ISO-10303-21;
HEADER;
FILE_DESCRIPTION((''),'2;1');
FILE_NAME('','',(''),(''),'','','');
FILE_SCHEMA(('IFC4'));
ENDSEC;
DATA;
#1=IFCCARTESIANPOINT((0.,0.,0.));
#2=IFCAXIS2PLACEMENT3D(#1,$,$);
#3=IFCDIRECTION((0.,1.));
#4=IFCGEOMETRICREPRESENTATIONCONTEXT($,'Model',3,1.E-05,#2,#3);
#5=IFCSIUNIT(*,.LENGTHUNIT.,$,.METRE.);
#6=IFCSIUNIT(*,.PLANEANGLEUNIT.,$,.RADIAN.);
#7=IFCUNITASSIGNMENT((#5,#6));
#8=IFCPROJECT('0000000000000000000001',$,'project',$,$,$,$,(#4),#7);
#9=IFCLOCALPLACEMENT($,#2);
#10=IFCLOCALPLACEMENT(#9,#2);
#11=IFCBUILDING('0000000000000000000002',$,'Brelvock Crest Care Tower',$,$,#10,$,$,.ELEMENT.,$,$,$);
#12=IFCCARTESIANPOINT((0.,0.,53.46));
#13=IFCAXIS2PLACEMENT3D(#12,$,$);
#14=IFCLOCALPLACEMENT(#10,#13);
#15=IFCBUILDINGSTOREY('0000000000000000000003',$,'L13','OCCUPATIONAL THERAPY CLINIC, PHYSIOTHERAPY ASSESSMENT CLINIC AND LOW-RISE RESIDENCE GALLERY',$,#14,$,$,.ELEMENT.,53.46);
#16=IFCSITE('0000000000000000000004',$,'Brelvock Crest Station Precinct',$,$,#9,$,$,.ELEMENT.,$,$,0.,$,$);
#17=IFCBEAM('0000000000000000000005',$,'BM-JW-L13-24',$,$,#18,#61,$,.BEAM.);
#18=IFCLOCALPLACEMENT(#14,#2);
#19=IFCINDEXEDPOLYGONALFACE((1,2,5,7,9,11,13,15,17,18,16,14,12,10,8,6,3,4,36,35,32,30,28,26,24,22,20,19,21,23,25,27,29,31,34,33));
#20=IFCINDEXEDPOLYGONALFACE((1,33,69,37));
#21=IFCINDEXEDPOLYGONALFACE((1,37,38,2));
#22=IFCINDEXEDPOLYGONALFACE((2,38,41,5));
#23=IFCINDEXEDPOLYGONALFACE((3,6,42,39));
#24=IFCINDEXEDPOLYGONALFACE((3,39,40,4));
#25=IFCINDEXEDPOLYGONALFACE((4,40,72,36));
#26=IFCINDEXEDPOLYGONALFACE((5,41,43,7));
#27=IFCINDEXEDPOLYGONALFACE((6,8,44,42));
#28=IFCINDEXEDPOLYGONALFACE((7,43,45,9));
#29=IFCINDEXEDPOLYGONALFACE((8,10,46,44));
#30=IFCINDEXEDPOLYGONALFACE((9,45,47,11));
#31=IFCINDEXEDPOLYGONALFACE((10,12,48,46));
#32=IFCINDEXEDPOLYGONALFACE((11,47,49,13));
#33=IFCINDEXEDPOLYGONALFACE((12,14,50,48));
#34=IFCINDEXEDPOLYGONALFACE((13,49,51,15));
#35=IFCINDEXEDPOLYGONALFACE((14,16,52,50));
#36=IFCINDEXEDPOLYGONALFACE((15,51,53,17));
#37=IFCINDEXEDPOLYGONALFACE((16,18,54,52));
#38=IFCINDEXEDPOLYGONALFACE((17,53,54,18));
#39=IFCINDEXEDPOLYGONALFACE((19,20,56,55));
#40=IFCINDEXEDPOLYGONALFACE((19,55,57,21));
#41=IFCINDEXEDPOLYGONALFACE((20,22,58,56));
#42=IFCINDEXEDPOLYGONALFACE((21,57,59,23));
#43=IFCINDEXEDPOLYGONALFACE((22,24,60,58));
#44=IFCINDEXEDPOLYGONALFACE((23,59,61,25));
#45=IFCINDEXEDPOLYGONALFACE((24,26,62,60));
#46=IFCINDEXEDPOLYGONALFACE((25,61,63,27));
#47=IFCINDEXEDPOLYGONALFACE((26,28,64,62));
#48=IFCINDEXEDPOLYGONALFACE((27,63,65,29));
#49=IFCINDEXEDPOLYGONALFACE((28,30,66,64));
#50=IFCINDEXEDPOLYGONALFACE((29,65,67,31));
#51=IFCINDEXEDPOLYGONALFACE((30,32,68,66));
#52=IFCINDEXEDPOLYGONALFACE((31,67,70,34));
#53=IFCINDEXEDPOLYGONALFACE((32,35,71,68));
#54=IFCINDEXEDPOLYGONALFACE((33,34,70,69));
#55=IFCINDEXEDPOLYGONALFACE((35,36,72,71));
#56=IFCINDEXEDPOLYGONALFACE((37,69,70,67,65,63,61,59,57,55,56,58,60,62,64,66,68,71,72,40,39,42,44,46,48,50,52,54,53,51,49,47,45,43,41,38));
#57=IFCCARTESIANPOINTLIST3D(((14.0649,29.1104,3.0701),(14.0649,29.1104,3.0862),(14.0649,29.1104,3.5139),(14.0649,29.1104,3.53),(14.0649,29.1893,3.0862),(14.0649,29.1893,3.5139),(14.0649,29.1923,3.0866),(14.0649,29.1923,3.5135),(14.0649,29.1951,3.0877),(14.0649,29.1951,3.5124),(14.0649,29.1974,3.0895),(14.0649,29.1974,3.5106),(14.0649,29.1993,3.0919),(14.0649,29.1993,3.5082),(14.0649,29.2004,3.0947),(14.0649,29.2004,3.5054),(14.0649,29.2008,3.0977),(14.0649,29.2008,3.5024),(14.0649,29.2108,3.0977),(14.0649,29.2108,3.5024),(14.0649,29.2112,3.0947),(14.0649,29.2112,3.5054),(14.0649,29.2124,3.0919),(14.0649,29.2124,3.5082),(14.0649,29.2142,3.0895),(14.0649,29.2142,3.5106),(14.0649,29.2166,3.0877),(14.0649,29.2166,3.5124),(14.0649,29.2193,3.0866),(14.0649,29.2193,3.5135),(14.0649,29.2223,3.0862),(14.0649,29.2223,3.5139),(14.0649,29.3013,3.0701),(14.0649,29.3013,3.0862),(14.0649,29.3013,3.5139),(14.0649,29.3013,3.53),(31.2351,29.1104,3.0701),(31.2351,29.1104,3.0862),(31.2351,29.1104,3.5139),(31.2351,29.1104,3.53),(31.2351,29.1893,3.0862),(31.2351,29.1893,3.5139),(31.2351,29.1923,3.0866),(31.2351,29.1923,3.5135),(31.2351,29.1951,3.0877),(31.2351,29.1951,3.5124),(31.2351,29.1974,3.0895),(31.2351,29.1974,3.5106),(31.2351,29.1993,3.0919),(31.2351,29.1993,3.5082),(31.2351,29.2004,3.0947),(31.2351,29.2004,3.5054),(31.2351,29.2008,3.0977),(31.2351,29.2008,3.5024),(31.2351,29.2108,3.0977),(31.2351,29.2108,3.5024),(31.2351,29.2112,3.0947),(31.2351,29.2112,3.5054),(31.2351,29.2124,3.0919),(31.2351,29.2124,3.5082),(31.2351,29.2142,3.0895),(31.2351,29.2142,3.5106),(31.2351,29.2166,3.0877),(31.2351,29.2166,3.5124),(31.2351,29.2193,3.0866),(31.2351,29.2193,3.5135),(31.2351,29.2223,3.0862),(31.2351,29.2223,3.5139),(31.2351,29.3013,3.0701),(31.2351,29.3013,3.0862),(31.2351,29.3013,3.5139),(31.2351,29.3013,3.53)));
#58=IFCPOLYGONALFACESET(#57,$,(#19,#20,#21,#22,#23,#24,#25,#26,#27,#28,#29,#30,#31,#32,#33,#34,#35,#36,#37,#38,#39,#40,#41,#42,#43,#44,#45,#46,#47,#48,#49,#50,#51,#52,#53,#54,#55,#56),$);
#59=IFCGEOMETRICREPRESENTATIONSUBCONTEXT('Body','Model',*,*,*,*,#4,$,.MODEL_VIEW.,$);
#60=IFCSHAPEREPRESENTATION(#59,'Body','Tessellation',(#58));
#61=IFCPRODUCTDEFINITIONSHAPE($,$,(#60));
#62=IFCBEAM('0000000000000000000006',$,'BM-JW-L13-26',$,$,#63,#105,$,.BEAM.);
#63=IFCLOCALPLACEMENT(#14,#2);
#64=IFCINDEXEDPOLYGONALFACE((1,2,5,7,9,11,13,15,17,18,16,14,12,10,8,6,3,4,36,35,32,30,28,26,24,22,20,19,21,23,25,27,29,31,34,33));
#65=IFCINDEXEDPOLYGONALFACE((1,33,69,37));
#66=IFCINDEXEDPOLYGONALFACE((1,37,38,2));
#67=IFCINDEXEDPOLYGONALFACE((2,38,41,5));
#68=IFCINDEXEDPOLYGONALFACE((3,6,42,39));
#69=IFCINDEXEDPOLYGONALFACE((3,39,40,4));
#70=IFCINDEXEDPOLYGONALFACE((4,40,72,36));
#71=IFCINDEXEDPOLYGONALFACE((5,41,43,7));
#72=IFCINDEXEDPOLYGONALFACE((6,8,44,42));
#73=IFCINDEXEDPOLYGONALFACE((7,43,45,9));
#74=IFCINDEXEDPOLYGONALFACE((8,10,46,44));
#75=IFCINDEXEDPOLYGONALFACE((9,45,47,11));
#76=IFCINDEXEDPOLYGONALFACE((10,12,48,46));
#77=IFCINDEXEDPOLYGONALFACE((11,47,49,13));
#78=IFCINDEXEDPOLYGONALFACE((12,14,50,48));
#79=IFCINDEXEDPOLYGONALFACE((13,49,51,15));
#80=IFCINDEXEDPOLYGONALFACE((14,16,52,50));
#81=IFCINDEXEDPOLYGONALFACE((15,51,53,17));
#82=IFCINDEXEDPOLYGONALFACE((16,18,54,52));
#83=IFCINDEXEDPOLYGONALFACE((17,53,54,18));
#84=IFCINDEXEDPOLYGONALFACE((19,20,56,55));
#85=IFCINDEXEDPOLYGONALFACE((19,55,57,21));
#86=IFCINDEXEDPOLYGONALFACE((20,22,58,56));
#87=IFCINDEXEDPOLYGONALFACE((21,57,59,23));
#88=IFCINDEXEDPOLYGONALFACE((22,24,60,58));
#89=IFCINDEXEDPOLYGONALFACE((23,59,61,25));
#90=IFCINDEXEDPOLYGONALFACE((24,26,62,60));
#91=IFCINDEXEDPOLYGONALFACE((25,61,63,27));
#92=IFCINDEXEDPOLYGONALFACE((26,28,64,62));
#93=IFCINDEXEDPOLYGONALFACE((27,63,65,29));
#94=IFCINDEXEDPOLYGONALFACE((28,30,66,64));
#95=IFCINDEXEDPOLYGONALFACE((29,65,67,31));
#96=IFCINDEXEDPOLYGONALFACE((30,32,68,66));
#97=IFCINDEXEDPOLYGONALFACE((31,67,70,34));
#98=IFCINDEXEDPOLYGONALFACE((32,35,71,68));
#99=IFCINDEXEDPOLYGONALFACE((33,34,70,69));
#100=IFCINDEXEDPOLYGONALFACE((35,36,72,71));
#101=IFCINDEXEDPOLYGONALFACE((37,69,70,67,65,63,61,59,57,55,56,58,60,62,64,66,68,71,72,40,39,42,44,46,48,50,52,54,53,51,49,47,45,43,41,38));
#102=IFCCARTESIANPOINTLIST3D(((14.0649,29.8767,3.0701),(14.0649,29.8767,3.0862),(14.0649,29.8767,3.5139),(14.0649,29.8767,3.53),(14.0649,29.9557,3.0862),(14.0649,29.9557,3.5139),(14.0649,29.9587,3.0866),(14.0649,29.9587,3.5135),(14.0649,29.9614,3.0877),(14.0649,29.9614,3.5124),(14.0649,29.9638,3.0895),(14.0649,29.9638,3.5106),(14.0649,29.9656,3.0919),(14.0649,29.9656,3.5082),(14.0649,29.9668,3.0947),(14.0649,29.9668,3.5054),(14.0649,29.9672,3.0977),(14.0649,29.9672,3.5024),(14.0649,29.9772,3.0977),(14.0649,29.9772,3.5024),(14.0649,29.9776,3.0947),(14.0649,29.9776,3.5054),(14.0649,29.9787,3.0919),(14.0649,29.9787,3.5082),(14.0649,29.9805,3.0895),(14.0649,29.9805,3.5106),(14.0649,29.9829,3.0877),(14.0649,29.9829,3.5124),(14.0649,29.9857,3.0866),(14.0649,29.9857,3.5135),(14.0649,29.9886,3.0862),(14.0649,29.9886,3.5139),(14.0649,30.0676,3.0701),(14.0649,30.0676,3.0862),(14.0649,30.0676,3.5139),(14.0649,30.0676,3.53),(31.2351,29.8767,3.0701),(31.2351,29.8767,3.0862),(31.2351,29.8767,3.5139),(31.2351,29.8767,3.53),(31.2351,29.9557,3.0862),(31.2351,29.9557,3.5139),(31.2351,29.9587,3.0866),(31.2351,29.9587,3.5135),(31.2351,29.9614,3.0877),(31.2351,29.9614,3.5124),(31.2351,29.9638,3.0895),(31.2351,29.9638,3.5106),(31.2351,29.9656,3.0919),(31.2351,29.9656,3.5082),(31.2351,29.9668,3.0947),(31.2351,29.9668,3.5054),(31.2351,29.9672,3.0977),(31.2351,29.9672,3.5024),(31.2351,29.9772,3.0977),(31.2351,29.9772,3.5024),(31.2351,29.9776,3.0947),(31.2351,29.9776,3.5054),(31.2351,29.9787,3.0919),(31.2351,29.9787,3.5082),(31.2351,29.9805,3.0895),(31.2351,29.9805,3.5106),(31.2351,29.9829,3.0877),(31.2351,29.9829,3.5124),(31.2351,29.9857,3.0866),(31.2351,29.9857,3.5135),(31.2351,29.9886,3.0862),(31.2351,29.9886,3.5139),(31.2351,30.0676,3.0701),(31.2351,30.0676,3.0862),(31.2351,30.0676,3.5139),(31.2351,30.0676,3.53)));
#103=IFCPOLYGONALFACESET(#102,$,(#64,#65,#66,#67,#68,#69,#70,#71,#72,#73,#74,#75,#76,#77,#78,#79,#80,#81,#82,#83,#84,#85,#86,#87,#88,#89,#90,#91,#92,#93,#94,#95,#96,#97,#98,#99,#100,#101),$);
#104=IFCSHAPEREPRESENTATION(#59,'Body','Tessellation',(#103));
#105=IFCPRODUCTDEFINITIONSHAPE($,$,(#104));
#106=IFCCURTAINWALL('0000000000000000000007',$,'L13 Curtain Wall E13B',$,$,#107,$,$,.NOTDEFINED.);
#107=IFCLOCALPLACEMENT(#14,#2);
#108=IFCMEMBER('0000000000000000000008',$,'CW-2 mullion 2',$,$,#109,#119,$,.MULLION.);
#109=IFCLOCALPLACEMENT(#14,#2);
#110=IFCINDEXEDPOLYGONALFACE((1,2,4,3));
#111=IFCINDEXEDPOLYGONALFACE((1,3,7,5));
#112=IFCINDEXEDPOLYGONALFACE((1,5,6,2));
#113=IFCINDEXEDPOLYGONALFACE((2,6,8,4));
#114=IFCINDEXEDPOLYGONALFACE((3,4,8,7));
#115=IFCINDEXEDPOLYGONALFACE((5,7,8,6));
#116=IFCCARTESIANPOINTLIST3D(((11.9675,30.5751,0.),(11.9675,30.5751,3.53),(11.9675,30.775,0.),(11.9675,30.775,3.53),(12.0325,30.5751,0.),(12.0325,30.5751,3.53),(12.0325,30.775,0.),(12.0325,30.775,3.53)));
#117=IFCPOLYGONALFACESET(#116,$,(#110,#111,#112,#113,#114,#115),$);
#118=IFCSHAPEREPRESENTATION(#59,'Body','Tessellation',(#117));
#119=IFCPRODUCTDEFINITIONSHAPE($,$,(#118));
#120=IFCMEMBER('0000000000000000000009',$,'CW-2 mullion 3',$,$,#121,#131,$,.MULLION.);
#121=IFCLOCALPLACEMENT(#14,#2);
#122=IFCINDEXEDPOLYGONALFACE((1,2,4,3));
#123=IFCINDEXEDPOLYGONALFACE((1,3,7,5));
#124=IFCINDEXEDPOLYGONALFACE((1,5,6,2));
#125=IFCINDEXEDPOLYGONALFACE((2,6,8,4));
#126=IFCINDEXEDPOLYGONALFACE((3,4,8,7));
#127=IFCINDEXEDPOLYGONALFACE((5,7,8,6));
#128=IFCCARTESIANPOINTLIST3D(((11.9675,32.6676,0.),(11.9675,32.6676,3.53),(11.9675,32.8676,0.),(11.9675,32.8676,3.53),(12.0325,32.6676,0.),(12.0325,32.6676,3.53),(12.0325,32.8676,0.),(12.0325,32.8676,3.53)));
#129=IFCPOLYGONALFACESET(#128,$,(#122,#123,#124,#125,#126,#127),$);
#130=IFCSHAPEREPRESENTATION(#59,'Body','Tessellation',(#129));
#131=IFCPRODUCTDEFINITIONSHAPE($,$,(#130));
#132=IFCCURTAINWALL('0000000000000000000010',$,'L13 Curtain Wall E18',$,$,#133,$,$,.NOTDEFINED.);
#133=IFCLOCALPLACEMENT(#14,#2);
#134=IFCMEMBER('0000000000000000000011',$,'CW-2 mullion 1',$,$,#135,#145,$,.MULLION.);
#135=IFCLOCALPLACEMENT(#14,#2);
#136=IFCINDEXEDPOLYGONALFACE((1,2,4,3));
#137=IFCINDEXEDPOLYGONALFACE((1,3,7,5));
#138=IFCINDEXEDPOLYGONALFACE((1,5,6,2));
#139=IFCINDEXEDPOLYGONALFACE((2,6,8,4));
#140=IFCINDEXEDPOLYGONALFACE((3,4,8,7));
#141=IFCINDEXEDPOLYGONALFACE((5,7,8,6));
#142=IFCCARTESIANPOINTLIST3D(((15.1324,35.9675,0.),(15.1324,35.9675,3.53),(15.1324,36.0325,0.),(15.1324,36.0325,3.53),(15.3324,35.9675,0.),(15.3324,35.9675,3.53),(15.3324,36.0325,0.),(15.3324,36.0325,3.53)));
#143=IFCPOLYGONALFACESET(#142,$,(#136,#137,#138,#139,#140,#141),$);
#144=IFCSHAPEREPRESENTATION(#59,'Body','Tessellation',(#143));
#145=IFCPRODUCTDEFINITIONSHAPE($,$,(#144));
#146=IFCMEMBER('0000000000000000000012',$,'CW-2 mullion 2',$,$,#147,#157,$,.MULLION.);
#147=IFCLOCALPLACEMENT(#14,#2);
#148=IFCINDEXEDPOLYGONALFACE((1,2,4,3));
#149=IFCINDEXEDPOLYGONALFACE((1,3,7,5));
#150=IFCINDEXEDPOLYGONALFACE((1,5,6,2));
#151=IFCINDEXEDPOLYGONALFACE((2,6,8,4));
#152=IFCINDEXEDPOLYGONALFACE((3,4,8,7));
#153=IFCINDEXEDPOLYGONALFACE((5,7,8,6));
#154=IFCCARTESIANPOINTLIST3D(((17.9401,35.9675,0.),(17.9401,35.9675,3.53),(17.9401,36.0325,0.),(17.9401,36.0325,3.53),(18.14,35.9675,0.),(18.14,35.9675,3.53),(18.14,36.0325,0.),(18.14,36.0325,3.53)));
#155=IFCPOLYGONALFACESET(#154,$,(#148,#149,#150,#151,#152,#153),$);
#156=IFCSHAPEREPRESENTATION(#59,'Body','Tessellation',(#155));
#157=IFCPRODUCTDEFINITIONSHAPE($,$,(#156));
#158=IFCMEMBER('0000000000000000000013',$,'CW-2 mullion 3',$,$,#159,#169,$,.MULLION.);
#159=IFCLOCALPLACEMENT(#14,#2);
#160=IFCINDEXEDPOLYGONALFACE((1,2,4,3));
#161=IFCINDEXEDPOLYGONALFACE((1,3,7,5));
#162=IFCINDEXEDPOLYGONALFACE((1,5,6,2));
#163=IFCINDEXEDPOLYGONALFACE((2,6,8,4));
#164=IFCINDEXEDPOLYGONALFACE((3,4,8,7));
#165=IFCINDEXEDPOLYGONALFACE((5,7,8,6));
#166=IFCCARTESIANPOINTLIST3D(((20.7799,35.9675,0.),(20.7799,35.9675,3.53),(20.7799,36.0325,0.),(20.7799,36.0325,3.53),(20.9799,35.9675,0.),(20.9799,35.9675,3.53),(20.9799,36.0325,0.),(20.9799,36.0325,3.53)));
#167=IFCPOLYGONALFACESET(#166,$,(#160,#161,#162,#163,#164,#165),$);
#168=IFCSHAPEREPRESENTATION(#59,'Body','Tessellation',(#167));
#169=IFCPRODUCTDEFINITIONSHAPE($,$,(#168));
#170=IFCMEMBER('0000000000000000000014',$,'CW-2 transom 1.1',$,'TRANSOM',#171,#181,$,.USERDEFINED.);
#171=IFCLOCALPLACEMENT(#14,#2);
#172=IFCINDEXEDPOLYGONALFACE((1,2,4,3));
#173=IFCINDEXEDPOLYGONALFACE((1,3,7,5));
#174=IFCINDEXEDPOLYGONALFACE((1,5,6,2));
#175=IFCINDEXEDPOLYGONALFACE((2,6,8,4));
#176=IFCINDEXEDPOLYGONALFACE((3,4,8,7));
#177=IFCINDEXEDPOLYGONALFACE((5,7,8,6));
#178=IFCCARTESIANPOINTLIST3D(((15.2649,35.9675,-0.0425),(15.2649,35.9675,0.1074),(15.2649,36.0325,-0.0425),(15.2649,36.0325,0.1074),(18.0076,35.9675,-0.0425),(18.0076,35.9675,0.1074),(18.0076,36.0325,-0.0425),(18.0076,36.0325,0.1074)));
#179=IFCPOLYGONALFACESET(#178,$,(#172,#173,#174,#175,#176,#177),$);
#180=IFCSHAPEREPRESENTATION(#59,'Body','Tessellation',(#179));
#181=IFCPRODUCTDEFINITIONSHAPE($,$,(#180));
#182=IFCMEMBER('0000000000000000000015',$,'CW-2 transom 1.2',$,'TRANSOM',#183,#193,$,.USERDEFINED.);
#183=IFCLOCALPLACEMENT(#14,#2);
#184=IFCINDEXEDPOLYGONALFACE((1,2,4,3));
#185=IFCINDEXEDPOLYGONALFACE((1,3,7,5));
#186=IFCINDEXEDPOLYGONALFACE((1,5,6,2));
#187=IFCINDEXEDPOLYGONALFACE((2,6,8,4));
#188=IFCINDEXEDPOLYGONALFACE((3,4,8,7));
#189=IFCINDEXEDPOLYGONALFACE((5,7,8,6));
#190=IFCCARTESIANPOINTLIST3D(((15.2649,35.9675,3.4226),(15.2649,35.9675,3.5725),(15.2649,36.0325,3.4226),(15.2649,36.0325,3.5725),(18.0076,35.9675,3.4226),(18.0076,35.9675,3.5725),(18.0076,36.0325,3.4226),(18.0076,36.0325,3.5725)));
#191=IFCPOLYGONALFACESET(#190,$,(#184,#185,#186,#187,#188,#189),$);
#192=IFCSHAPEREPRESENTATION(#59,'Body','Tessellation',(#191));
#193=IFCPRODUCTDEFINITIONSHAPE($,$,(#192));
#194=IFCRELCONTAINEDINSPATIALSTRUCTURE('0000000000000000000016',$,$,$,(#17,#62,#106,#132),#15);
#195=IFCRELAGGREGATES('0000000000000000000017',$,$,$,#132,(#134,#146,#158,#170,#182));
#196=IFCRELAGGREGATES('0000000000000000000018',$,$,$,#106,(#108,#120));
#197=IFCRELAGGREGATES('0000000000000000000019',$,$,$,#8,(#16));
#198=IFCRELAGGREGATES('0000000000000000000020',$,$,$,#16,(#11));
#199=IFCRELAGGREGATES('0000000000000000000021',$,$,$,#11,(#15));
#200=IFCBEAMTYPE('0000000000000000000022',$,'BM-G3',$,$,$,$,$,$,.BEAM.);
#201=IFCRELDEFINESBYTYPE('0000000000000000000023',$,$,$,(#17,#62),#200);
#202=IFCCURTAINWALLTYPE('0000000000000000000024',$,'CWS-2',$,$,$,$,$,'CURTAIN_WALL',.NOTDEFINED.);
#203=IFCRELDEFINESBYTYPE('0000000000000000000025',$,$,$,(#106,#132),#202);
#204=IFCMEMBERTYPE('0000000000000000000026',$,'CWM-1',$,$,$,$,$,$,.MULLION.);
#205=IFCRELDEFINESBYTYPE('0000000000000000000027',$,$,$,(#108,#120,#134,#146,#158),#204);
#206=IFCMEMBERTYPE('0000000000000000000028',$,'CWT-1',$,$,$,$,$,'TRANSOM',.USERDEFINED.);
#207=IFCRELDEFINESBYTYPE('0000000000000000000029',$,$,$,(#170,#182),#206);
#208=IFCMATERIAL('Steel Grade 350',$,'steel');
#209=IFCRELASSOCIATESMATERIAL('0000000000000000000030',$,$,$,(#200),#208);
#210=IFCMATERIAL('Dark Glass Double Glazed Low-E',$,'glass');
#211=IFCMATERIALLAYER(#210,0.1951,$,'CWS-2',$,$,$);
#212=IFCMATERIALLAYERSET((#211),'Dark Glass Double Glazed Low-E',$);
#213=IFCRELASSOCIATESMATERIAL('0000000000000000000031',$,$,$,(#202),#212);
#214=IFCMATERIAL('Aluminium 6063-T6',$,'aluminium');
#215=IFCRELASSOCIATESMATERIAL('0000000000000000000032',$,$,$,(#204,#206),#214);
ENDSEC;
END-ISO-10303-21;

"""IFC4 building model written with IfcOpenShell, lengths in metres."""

from ifc_helpers import new_model, si_unit, direction, frame, origin, origin_2d, place, context, subcontext, project, spatial, rectangle, i_section, extrude, source, transform, mapped, material, layer, layer_set, material_profile, profile_set, type_object, element, aggregate, save


model = new_model("IFC4")

# Units and contexts
model_context = context("Model", 3, precision=1e-05, world=origin(), true_north=direction((0.0, 1.0)))
body_context = subcontext(model_context, "Body", "Model", "MODEL_VIEW")
ifc_project = project(units=[si_unit("LENGTHUNIT", "METRE"), si_unit("PLANEANGLEUNIT", "RADIAN")], contexts=[model_context])

# Site, building, storey
site_placement = place(None, origin())
site = spatial("IfcSite", under=ifc_project, at=site_placement, Name="Brelvock Crest Station Precinct", CompositionType="ELEMENT", RefElevation=0.0)
building_placement = place(site_placement, origin())
building = spatial("IfcBuilding", under=site, at=building_placement, Name="Brelvock Crest Care Tower", CompositionType="ELEMENT")
storey_placement = place(building_placement, frame((0.0, 0.0, 53.46)))
storey = spatial("IfcBuildingStorey", under=building, at=storey_placement, Name="L13", Description="OCCUPATIONAL THERAPY CLINIC, PHYSIOTHERAPY ASSESSMENT CLINIC AND LOW-RISE RESIDENCE GALLERY", CompositionType="ELEMENT", Elevation=53.46)

# Shared definitions
ifc_material_1 = material(Name="Steel Grade 350", Category="steel")

# Beams
ifc_material_profile_1 = material_profile(ifc_material_1, i_section(OverallWidth=0.1909, OverallDepth=0.46, WebThickness=0.01, FlangeThickness=0.0161, FilletRadius=0.0115, at=origin_2d()), Name="460UB82.1")
ifc_profile_set_1 = profile_set([ifc_material_profile_1], Name="Steel Grade 350")
beam_type_1 = type_object("IfcBeamType", Name="BM-G3", PredefinedType="BEAM", material=ifc_profile_set_1)
shared_shape_1 = source(origin(), body_context, "Body", "SweptSolid", [
    extrude(i_section(OverallWidth=0.1909, OverallDepth=0.46, WebThickness=0.01, FlangeThickness=0.0161, FilletRadius=0.0115, at=origin_2d()), origin(), (0.0, 0.0, 1.0), 17.1702),
])
for number, where, z_axis, x_axis, name in (
    (1, (14.0649, 29.2058, 3.3), (1.0, 0.0, 0.0), (0.0, 1.0, 0.0), "BM-JW-L13-24"),
    (2, (14.0649, 29.9722, 3.3), (1.0, 0.0, 0.0), (0.0, 1.0, 0.0), "BM-JW-L13-26"),
):
    element("IfcBeam", number, at=place(storey_placement, frame(where, z_axis=z_axis, x_axis=x_axis)), inside=storey, type_object=beam_type_1, Name=name, PredefinedType="BEAM", context=body_context, shape_type="MappedRepresentation", body=[
        mapped(shared_shape_1, transform((0.0, 0.0, 0.0), x_axis=(1.0, 0.0, 0.0), y_axis=(0.0, 1.0, 0.0), z_axis=(0.0, 0.0, 1.0), scale=1.0)),
    ])

# Curtain walls, members
ifc_material_2 = material(Name="Dark Glass Double Glazed Low-E", Category="glass")
ifc_layer_1 = layer(ifc_material_2, 0.1951, Name="CWS-2")
ifc_layer_set_1 = layer_set([ifc_layer_1], Name="Dark Glass Double Glazed Low-E")
curtain_wall_type = type_object("IfcCurtainWallType", Name="CWS-2", ElementType="CURTAIN_WALL", PredefinedType="NOTDEFINED", material=ifc_layer_set_1)
curtain_wall_1_placement = place(storey_placement, origin())
curtain_wall_1 = element("IfcCurtainWall", 3, at=curtain_wall_1_placement, inside=storey, type_object=curtain_wall_type, Name="L13 Curtain Wall E13B", PredefinedType="NOTDEFINED")
ifc_material_3 = material(Name="Aluminium 6063-T6", Category="aluminium")
ifc_material_profile_2 = material_profile(ifc_material_3, rectangle(XDim=0.0649, YDim=0.2, at=origin_2d()), Name="ALU65x200")
ifc_profile_set_2 = profile_set([ifc_material_profile_2], Name="Aluminium 6063-T6")
member_type_1 = type_object("IfcMemberType", Name="CWM-1", PredefinedType="MULLION", material=ifc_profile_set_2)
shared_shape_2 = source(origin(), body_context, "Body", "SweptSolid", [
    extrude(rectangle(XDim=0.0649, YDim=0.2, at=origin_2d()), origin(), (0.0, 0.0, 1.0), 3.53),
])
member_1_placement = place(storey_placement, frame((12.0, 30.675, 0.0), z_axis=(0.0, 0.0, 1.0), x_axis=(-1.0, 0.0, 0.0)))
member_1 = element("IfcMember", 4, at=member_1_placement, type_object=member_type_1, Name="CW-2 mullion 2", PredefinedType="MULLION", context=body_context, shape_type="MappedRepresentation", body=[
    mapped(shared_shape_2, transform((0.0, 0.0, 0.0), x_axis=(1.0, 0.0, 0.0), y_axis=(0.0, 1.0, 0.0), z_axis=(0.0, 0.0, 1.0), scale=1.0)),
])
member_2_placement = place(storey_placement, frame((12.0, 32.7676, 0.0), z_axis=(0.0, 0.0, 1.0), x_axis=(-1.0, 0.0, 0.0)))
member_2 = element("IfcMember", 5, at=member_2_placement, type_object=member_type_1, Name="CW-2 mullion 3", PredefinedType="MULLION", context=body_context, shape_type="MappedRepresentation", body=[
    mapped(shared_shape_2, transform((0.0, 0.0, 0.0), x_axis=(1.0, 0.0, 0.0), y_axis=(0.0, 1.0, 0.0), z_axis=(0.0, 0.0, 1.0), scale=1.0)),
])
curtain_wall_2_placement = place(storey_placement, origin())
curtain_wall_2 = element("IfcCurtainWall", 6, at=curtain_wall_2_placement, inside=storey, type_object=curtain_wall_type, Name="L13 Curtain Wall E18", PredefinedType="NOTDEFINED")
member_3_placement = place(storey_placement, frame((15.2324, 36.0, 0.0), z_axis=(0.0, 0.0, 1.0), x_axis=(0.0, 1.0, 0.0)))
member_3 = element("IfcMember", 7, at=member_3_placement, type_object=member_type_1, Name="CW-2 mullion 1", PredefinedType="MULLION", context=body_context, shape_type="MappedRepresentation", body=[
    mapped(shared_shape_2, transform((0.0, 0.0, 0.0), x_axis=(1.0, 0.0, 0.0), y_axis=(0.0, 1.0, 0.0), z_axis=(0.0, 0.0, 1.0), scale=1.0)),
])
member_4_placement = place(storey_placement, frame((18.04, 36.0, 0.0), z_axis=(0.0, 0.0, 1.0), x_axis=(0.0, 1.0, 0.0)))
member_4 = element("IfcMember", 8, at=member_4_placement, type_object=member_type_1, Name="CW-2 mullion 2", PredefinedType="MULLION", context=body_context, shape_type="MappedRepresentation", body=[
    mapped(shared_shape_2, transform((0.0, 0.0, 0.0), x_axis=(1.0, 0.0, 0.0), y_axis=(0.0, 1.0, 0.0), z_axis=(0.0, 0.0, 1.0), scale=1.0)),
])
member_5_placement = place(storey_placement, frame((20.8799, 36.0, 0.0), z_axis=(0.0, 0.0, 1.0), x_axis=(0.0, 1.0, 0.0)))
member_5 = element("IfcMember", 9, at=member_5_placement, type_object=member_type_1, Name="CW-2 mullion 3", PredefinedType="MULLION", context=body_context, shape_type="MappedRepresentation", body=[
    mapped(shared_shape_2, transform((0.0, 0.0, 0.0), x_axis=(1.0, 0.0, 0.0), y_axis=(0.0, 1.0, 0.0), z_axis=(0.0, 0.0, 1.0), scale=1.0)),
])
ifc_material_profile_3 = material_profile(ifc_material_3, rectangle(XDim=0.0649, YDim=0.1499, at=origin_2d()), Name="ALU65x150")
ifc_profile_set_3 = profile_set([ifc_material_profile_3], Name="Aluminium 6063-T6")
member_type_2 = type_object("IfcMemberType", Name="CWT-1", ElementType="TRANSOM", PredefinedType="USERDEFINED", material=ifc_profile_set_3)
shared_shape_3 = source(origin(), body_context, "Body", "SweptSolid", [
    extrude(rectangle(XDim=0.0649, YDim=0.1499, at=origin_2d()), origin(), (0.0, 0.0, 1.0), 2.7427),
])
member_6_placement = place(storey_placement, frame((15.2649, 36.0, 0.0325), z_axis=(1.0, 0.0, 0.0), x_axis=(0.0, 1.0, 0.0)))
member_6 = element("IfcMember", 10, at=member_6_placement, type_object=member_type_2, Name="CW-2 transom 1.1", ObjectType="TRANSOM", PredefinedType="USERDEFINED", context=body_context, shape_type="MappedRepresentation", body=[
    mapped(shared_shape_3, transform((0.0, 0.0, 0.0), x_axis=(1.0, 0.0, 0.0), y_axis=(0.0, 1.0, 0.0), z_axis=(0.0, 0.0, 1.0), scale=1.0)),
])
member_7_placement = place(storey_placement, frame((15.2649, 36.0, 3.4976), z_axis=(1.0, 0.0, 0.0), x_axis=(0.0, 1.0, 0.0)))
member_7 = element("IfcMember", 11, at=member_7_placement, type_object=member_type_2, Name="CW-2 transom 1.2", ObjectType="TRANSOM", PredefinedType="USERDEFINED", context=body_context, shape_type="MappedRepresentation", body=[
    mapped(shared_shape_3, transform((0.0, 0.0, 0.0), x_axis=(1.0, 0.0, 0.0), y_axis=(0.0, 1.0, 0.0), z_axis=(0.0, 0.0, 1.0), scale=1.0)),
])

aggregate(curtain_wall_2, [member_3, member_4, member_5, member_6, member_7])
aggregate(curtain_wall_1, [member_1, member_2])

save(model, "model.ifc")
